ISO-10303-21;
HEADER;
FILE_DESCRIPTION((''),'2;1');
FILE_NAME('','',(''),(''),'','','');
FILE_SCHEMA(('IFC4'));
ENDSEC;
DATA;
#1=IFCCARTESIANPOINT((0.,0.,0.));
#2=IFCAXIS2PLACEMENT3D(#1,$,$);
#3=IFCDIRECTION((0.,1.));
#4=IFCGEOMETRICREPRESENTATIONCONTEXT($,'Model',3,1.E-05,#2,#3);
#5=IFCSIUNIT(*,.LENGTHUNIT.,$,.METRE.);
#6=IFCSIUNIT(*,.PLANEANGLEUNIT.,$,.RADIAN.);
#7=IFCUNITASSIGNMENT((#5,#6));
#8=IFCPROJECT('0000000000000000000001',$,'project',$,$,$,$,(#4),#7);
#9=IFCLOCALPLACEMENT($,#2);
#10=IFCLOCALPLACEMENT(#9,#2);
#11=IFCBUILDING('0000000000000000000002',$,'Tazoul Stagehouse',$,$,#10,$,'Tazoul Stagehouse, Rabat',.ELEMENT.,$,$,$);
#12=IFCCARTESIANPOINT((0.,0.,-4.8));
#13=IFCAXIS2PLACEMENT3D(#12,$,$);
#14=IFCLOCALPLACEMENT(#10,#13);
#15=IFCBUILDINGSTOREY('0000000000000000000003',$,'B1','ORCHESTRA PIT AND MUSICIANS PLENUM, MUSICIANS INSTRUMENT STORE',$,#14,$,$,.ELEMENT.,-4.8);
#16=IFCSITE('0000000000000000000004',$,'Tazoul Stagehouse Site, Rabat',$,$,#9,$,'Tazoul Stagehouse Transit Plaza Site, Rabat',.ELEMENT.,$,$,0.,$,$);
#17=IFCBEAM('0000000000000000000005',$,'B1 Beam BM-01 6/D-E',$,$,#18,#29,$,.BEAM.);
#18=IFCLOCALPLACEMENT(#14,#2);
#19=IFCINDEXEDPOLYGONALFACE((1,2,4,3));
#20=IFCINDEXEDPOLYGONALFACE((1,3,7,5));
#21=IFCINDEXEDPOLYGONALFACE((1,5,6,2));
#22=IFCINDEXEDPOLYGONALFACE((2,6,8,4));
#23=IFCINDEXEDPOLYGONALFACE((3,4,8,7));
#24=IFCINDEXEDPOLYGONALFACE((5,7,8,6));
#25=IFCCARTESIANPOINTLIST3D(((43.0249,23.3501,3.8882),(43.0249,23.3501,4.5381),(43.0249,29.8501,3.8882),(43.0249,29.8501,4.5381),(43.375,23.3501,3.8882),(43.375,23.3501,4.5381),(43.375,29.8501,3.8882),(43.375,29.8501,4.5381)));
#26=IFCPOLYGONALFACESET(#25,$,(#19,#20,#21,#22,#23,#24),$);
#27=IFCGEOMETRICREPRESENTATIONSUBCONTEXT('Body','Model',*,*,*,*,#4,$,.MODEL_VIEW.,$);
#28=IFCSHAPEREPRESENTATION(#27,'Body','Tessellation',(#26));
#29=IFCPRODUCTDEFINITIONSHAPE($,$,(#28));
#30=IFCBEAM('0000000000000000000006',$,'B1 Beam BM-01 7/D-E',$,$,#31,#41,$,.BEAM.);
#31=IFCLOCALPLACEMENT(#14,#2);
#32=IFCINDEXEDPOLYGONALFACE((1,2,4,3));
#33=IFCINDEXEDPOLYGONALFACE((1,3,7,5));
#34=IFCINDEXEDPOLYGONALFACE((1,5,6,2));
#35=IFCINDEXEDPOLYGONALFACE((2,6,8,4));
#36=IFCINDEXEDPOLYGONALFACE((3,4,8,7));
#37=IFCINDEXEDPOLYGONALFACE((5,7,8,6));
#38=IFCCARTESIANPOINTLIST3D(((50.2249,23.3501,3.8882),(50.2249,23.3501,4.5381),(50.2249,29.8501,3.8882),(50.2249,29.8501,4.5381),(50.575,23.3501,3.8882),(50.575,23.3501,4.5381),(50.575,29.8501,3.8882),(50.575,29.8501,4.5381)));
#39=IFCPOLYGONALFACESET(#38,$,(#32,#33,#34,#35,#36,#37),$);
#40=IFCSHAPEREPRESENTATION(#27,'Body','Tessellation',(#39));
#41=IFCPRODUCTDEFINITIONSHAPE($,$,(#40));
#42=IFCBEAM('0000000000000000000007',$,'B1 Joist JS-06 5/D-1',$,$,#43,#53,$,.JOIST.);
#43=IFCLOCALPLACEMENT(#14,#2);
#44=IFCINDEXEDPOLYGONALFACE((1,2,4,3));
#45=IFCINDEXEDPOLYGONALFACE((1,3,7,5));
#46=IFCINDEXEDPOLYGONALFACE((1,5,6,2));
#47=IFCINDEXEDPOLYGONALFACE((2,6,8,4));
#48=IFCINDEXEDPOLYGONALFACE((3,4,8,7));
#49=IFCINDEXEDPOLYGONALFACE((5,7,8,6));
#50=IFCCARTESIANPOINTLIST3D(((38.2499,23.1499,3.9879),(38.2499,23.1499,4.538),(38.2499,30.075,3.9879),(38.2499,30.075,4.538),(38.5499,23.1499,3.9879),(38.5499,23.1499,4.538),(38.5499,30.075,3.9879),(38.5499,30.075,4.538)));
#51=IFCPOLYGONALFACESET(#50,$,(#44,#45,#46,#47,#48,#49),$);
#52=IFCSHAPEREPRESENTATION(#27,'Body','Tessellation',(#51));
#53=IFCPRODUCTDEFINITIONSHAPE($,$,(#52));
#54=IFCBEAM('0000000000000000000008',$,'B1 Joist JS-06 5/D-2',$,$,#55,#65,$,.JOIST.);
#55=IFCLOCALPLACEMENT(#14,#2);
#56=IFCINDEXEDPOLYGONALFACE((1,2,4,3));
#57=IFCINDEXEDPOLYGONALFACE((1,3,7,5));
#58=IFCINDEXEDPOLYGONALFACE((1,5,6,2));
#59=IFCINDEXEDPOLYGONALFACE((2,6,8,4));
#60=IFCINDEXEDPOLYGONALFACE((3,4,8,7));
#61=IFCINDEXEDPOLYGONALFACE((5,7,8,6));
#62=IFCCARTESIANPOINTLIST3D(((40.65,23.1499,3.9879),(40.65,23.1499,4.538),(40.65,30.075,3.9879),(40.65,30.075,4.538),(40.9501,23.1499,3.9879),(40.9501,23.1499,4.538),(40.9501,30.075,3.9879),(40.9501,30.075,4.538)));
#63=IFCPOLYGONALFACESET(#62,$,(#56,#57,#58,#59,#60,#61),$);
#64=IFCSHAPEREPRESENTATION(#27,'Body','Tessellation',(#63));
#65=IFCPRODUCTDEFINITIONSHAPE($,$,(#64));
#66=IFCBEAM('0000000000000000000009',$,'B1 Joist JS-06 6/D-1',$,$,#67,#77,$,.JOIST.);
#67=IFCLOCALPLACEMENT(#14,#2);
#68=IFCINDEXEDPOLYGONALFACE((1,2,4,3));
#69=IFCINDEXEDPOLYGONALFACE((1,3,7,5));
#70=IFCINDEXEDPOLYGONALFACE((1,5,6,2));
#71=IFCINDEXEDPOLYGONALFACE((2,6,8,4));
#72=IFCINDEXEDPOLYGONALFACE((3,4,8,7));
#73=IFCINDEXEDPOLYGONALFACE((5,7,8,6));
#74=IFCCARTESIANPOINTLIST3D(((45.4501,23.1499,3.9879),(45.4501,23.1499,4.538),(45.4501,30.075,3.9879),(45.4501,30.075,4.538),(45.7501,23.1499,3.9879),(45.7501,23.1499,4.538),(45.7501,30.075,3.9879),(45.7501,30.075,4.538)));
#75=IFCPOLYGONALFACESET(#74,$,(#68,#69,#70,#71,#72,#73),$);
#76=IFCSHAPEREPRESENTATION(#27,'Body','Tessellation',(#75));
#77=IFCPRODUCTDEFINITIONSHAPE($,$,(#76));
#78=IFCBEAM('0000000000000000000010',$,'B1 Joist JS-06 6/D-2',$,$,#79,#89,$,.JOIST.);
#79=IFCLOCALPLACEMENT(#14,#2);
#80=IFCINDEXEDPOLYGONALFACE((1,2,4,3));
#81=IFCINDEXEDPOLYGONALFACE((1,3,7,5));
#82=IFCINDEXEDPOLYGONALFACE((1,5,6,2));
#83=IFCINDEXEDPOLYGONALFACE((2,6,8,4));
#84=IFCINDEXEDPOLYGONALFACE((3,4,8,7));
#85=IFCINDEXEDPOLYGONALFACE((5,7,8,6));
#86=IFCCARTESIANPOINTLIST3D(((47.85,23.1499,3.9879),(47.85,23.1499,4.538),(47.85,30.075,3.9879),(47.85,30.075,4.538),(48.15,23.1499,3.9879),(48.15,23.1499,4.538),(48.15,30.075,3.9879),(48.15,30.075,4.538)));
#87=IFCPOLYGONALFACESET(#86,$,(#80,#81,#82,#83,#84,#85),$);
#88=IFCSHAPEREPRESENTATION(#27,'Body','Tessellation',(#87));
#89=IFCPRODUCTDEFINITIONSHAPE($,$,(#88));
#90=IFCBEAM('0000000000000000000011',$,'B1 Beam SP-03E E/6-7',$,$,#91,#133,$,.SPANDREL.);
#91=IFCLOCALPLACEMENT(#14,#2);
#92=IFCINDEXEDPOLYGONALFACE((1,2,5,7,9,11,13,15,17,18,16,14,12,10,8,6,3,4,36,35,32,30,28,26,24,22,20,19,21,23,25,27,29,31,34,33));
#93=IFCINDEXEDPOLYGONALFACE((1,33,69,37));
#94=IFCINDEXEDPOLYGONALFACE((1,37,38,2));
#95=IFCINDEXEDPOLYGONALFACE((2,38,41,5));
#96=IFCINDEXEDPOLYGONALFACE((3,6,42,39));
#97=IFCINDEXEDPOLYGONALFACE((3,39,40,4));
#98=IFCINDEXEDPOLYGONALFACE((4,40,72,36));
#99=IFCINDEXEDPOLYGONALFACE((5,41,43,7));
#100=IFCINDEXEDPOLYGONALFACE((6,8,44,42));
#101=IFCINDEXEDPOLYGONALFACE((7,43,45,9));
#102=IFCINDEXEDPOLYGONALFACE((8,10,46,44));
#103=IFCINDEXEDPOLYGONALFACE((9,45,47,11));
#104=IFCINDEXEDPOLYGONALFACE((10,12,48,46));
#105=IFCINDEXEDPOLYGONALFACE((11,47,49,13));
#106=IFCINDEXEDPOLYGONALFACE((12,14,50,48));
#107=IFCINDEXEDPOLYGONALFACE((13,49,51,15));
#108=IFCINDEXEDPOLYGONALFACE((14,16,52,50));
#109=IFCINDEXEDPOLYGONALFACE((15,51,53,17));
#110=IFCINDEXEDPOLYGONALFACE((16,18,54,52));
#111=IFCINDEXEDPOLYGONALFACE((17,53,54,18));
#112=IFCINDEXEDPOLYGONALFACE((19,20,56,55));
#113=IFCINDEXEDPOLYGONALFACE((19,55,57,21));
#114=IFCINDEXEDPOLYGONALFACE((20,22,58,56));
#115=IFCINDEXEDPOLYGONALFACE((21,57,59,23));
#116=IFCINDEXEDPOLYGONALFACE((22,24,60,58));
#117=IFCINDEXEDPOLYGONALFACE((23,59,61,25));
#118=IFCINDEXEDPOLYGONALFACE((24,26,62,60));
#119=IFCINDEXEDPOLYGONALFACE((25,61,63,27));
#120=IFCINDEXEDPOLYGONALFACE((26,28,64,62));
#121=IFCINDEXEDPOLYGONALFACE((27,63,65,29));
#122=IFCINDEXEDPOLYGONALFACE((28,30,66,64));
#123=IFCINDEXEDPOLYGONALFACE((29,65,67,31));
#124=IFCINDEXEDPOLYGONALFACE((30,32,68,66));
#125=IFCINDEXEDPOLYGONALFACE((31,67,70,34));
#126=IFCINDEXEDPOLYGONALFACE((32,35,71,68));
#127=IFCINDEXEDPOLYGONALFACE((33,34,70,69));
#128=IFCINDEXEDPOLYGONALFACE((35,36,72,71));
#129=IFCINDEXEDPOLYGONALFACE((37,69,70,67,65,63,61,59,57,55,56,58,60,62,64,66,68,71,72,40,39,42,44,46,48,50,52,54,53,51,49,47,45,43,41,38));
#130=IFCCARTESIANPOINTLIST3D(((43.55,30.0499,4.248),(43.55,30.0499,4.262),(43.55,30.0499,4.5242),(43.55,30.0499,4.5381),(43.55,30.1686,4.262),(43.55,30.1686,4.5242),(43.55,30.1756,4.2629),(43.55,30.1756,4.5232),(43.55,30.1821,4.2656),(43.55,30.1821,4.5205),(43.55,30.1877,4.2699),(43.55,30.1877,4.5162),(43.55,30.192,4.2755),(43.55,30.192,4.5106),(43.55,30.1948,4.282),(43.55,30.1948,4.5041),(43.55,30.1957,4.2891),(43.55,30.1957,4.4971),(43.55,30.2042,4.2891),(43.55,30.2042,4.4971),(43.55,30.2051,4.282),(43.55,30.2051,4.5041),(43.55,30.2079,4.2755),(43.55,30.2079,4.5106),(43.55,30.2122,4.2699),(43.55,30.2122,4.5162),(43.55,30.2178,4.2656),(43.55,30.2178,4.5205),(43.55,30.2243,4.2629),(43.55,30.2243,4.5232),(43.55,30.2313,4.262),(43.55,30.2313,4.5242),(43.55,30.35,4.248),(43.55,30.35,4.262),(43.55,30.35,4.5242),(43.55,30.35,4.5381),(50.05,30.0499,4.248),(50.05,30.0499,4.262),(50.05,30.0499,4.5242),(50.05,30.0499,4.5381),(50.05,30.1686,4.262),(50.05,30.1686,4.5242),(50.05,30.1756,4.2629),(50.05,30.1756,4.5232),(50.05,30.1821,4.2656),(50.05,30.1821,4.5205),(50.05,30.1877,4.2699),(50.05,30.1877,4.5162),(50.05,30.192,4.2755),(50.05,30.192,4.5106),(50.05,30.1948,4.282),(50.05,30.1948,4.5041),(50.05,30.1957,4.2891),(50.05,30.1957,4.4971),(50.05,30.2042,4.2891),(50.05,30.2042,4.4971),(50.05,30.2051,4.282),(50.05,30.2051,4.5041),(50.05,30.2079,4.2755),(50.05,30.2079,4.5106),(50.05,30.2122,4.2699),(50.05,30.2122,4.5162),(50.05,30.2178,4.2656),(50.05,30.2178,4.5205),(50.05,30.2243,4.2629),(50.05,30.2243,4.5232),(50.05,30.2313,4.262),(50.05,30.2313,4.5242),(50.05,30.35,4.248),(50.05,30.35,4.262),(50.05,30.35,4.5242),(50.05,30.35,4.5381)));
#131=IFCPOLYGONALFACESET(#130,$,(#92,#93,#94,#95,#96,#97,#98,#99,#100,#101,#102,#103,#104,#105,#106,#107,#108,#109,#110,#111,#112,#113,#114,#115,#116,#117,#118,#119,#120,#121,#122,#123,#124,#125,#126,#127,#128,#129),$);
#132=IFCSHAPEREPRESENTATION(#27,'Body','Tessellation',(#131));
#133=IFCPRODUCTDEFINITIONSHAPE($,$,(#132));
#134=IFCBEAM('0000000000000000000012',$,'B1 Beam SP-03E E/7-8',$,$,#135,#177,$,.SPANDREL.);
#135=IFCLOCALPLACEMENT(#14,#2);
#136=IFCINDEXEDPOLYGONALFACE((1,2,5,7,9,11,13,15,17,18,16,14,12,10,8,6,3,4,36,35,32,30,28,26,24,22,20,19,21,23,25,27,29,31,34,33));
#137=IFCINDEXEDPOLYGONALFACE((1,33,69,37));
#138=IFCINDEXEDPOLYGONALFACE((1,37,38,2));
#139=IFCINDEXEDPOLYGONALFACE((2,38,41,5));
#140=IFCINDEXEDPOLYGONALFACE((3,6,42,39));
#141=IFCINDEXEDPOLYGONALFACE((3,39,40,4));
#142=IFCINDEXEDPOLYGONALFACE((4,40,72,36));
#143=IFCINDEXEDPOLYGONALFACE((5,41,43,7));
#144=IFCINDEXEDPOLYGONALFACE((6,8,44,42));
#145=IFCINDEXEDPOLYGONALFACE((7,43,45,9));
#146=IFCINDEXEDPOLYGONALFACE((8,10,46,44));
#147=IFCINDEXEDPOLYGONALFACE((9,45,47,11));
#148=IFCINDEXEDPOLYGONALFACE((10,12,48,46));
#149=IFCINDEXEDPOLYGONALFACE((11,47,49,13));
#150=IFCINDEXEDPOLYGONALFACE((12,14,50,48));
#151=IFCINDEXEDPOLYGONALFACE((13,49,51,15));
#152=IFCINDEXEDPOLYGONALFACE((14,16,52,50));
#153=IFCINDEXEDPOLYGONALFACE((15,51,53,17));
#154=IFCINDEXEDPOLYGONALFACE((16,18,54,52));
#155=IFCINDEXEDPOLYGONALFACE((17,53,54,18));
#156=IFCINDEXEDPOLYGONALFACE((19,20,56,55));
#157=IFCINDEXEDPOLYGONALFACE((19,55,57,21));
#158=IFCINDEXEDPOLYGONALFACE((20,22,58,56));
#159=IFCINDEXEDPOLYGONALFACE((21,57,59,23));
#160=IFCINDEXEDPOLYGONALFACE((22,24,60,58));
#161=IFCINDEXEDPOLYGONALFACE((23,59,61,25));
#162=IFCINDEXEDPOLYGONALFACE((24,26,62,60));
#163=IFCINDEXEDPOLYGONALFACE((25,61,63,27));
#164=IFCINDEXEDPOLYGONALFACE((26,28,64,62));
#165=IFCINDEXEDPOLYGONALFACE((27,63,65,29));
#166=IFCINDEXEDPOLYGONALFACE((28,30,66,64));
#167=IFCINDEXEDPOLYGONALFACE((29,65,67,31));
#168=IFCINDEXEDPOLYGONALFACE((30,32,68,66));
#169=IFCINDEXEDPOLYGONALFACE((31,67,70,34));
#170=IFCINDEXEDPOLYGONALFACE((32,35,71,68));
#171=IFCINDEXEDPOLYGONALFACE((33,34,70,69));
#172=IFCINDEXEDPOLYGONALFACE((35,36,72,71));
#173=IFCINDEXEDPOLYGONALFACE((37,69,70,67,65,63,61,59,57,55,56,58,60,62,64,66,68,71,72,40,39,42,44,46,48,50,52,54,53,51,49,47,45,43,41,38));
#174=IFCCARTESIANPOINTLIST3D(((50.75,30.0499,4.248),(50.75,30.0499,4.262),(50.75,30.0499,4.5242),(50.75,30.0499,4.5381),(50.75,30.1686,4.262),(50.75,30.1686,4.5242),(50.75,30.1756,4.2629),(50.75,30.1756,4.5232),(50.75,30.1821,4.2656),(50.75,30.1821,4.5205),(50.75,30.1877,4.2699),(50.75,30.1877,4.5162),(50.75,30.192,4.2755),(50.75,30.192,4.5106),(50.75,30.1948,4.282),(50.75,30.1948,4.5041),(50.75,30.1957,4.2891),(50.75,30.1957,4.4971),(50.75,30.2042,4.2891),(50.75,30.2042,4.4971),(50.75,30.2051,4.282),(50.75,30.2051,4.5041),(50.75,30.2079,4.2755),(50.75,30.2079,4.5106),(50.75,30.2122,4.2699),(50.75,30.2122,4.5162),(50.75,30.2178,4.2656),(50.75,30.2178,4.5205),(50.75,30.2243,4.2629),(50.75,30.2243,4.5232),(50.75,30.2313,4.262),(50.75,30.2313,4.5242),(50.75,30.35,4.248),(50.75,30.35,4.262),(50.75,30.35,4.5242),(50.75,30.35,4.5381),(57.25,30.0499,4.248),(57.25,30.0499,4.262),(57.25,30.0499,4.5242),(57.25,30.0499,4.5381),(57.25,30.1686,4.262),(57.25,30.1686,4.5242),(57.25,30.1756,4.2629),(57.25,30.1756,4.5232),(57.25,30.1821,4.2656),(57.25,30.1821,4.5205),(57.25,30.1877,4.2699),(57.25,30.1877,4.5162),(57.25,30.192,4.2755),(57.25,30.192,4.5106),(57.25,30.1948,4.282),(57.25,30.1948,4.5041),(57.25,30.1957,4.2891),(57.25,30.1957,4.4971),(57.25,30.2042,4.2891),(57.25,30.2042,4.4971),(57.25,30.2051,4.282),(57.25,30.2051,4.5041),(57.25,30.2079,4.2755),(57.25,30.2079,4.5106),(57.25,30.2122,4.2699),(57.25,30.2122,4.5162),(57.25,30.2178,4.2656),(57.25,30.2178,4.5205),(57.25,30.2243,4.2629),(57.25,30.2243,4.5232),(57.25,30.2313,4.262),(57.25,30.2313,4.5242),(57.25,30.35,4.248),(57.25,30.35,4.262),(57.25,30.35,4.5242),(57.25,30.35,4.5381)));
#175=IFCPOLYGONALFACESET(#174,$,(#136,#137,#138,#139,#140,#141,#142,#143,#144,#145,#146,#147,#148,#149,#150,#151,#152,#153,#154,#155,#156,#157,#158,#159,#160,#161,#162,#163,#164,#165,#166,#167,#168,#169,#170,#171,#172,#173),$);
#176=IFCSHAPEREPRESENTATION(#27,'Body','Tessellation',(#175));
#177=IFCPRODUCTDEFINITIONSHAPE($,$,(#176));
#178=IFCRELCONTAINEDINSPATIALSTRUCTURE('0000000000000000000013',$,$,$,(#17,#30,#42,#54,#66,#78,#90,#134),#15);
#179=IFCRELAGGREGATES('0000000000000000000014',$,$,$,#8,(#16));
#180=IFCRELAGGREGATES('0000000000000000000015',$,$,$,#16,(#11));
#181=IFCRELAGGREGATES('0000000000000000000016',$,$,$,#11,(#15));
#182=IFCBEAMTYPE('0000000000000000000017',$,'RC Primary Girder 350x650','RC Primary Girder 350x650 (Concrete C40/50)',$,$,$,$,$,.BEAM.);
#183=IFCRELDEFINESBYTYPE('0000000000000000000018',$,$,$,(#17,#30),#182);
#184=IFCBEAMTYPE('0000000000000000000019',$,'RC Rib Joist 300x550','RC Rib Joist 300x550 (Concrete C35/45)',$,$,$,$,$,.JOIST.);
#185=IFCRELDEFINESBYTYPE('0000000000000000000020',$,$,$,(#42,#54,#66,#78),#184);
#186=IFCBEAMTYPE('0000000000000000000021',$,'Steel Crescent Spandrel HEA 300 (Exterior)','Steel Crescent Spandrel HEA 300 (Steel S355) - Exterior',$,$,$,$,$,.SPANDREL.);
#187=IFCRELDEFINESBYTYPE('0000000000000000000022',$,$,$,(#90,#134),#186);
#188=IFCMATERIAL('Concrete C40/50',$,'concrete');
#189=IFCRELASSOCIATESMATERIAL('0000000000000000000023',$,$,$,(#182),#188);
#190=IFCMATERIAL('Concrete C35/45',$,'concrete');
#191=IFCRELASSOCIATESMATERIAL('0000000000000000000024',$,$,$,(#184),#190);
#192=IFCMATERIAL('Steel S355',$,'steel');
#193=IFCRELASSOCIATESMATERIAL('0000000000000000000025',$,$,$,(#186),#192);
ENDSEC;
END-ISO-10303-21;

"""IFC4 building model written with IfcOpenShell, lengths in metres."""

from ifc_helpers import new_model, si_unit, direction, frame, origin, origin_2d, place, context, subcontext, project, spatial, rectangle, i_section, extrude, material, material_profile, profile_set, type_object, element, save


model = new_model("IFC4")

# Units and contexts
model_context = context("Model", 3, precision=1e-05, world=origin(), true_north=direction((0.0, 1.0)))
body_context = subcontext(model_context, "Body", "Model", "MODEL_VIEW")
ifc_project = project(units=[si_unit("LENGTHUNIT", "METRE"), si_unit("PLANEANGLEUNIT", "RADIAN")], contexts=[model_context])

# Site, building, storey
site_placement = place(None, origin())
site = spatial("IfcSite", under=ifc_project, at=site_placement, Name="Tazoul Stagehouse Site, Rabat", LongName="Tazoul Stagehouse Transit Plaza Site, Rabat", CompositionType="ELEMENT", RefElevation=0.0)
building_placement = place(site_placement, origin())
building = spatial("IfcBuilding", under=site, at=building_placement, Name="Tazoul Stagehouse", LongName="Tazoul Stagehouse, Rabat", CompositionType="ELEMENT")
storey_placement = place(building_placement, frame((0.0, 0.0, -4.8)))
storey = spatial("IfcBuildingStorey", under=building, at=storey_placement, Name="B1", Description="ORCHESTRA PIT AND MUSICIANS PLENUM, MUSICIANS INSTRUMENT STORE", CompositionType="ELEMENT", Elevation=-4.8)

# Shared definitions
ifc_material_1 = material(Name="Concrete C35/45", Category="concrete")

# Shared definitions
ifc_material_2 = material(Name="Concrete C40/50", Category="concrete")

# Beams
ifc_material_profile_1 = material_profile(ifc_material_2, rectangle(XDim=0.3501, YDim=0.6499, at=origin_2d()), Name="RC 350x650")
ifc_profile_set_1 = profile_set([ifc_material_profile_1], Name="Concrete C40/50")
beam_type_1 = type_object("IfcBeamType", Name="RC Primary Girder 350x650", Description="RC Primary Girder 350x650 (Concrete C40/50)", PredefinedType="BEAM", material=ifc_profile_set_1)
for number, where, z_axis, x_axis, name in (
    (1, (43.2, 23.3501, 4.2131), (0.0, 1.0, 0.0), (-1.0, 0.0, 0.0), "B1 Beam BM-01 6/D-E"),
    (2, (50.3999, 23.3501, 4.2131), (0.0, 1.0, 0.0), (-1.0, 0.0, 0.0), "B1 Beam BM-01 7/D-E"),
):
    element("IfcBeam", number, at=place(storey_placement, frame(where, z_axis=z_axis, x_axis=x_axis)), inside=storey, type_object=beam_type_1, Name=name, PredefinedType="BEAM", context=body_context, shape_type="SweptSolid", body=[
        extrude(rectangle(XDim=0.3501, YDim=0.6499, at=origin_2d()), origin(), (0.0, 0.0, 1.0), 6.5),
    ])
ifc_material_profile_2 = material_profile(ifc_material_1, rectangle(XDim=0.3, YDim=0.55, at=origin_2d()), Name="RC 300x550")
ifc_profile_set_2 = profile_set([ifc_material_profile_2], Name="Concrete C35/45")
beam_type_2 = type_object("IfcBeamType", Name="RC Rib Joist 300x550", Description="RC Rib Joist 300x550 (Concrete C35/45)", PredefinedType="JOIST", material=ifc_profile_set_2)
for number, where, z_axis, x_axis, name in (
    (3, (38.3999, 23.1499, 4.2629), (0.0, 1.0, 0.0), (-1.0, 0.0, 0.0), "B1 Joist JS-06 5/D-1"),
    (4, (40.8, 23.1499, 4.2629), (0.0, 1.0, 0.0), (-1.0, 0.0, 0.0), "B1 Joist JS-06 5/D-2"),
    (5, (45.6001, 23.1499, 4.2629), (0.0, 1.0, 0.0), (-1.0, 0.0, 0.0), "B1 Joist JS-06 6/D-1"),
    (6, (48.0, 23.1499, 4.2629), (0.0, 1.0, 0.0), (-1.0, 0.0, 0.0), "B1 Joist JS-06 6/D-2"),
):
    element("IfcBeam", number, at=place(storey_placement, frame(where, z_axis=z_axis, x_axis=x_axis)), inside=storey, type_object=beam_type_2, Name=name, PredefinedType="JOIST", context=body_context, shape_type="SweptSolid", body=[
        extrude(rectangle(XDim=0.3, YDim=0.55, at=origin_2d()), origin(), (0.0, 0.0, 1.0), 6.925),
    ])
ifc_material_3 = material(Name="Steel S355", Category="steel")
ifc_material_profile_3 = material_profile(ifc_material_3, i_section(OverallWidth=0.3, OverallDepth=0.29, WebThickness=0.0085, FlangeThickness=0.0139, FilletRadius=0.0271, at=origin_2d()), Name="HEA 300")
ifc_profile_set_3 = profile_set([ifc_material_profile_3], Name="Steel S355")
beam_type_3 = type_object("IfcBeamType", Name="Steel Crescent Spandrel HEA 300 (Exterior)", Description="Steel Crescent Spandrel HEA 300 (Steel S355) - Exterior", PredefinedType="SPANDREL", material=ifc_profile_set_3)
for number, where, z_axis, x_axis, name in (
    (7, (43.55, 30.2, 4.3931), (1.0, 0.0, 0.0), (0.0, 1.0, 0.0), "B1 Beam SP-03E E/6-7"),
    (8, (50.75, 30.2, 4.3931), (1.0, 0.0, 0.0), (0.0, 1.0, 0.0), "B1 Beam SP-03E E/7-8"),
):
    element("IfcBeam", number, at=place(storey_placement, frame(where, z_axis=z_axis, x_axis=x_axis)), inside=storey, type_object=beam_type_3, Name=name, PredefinedType="SPANDREL", context=body_context, shape_type="SweptSolid", body=[
        extrude(i_section(OverallWidth=0.3, OverallDepth=0.29, WebThickness=0.0085, FlangeThickness=0.0139, FilletRadius=0.0271, at=origin_2d()), origin(), (0.0, 0.0, 1.0), 6.5),
    ])

save(model, "model.ifc")
